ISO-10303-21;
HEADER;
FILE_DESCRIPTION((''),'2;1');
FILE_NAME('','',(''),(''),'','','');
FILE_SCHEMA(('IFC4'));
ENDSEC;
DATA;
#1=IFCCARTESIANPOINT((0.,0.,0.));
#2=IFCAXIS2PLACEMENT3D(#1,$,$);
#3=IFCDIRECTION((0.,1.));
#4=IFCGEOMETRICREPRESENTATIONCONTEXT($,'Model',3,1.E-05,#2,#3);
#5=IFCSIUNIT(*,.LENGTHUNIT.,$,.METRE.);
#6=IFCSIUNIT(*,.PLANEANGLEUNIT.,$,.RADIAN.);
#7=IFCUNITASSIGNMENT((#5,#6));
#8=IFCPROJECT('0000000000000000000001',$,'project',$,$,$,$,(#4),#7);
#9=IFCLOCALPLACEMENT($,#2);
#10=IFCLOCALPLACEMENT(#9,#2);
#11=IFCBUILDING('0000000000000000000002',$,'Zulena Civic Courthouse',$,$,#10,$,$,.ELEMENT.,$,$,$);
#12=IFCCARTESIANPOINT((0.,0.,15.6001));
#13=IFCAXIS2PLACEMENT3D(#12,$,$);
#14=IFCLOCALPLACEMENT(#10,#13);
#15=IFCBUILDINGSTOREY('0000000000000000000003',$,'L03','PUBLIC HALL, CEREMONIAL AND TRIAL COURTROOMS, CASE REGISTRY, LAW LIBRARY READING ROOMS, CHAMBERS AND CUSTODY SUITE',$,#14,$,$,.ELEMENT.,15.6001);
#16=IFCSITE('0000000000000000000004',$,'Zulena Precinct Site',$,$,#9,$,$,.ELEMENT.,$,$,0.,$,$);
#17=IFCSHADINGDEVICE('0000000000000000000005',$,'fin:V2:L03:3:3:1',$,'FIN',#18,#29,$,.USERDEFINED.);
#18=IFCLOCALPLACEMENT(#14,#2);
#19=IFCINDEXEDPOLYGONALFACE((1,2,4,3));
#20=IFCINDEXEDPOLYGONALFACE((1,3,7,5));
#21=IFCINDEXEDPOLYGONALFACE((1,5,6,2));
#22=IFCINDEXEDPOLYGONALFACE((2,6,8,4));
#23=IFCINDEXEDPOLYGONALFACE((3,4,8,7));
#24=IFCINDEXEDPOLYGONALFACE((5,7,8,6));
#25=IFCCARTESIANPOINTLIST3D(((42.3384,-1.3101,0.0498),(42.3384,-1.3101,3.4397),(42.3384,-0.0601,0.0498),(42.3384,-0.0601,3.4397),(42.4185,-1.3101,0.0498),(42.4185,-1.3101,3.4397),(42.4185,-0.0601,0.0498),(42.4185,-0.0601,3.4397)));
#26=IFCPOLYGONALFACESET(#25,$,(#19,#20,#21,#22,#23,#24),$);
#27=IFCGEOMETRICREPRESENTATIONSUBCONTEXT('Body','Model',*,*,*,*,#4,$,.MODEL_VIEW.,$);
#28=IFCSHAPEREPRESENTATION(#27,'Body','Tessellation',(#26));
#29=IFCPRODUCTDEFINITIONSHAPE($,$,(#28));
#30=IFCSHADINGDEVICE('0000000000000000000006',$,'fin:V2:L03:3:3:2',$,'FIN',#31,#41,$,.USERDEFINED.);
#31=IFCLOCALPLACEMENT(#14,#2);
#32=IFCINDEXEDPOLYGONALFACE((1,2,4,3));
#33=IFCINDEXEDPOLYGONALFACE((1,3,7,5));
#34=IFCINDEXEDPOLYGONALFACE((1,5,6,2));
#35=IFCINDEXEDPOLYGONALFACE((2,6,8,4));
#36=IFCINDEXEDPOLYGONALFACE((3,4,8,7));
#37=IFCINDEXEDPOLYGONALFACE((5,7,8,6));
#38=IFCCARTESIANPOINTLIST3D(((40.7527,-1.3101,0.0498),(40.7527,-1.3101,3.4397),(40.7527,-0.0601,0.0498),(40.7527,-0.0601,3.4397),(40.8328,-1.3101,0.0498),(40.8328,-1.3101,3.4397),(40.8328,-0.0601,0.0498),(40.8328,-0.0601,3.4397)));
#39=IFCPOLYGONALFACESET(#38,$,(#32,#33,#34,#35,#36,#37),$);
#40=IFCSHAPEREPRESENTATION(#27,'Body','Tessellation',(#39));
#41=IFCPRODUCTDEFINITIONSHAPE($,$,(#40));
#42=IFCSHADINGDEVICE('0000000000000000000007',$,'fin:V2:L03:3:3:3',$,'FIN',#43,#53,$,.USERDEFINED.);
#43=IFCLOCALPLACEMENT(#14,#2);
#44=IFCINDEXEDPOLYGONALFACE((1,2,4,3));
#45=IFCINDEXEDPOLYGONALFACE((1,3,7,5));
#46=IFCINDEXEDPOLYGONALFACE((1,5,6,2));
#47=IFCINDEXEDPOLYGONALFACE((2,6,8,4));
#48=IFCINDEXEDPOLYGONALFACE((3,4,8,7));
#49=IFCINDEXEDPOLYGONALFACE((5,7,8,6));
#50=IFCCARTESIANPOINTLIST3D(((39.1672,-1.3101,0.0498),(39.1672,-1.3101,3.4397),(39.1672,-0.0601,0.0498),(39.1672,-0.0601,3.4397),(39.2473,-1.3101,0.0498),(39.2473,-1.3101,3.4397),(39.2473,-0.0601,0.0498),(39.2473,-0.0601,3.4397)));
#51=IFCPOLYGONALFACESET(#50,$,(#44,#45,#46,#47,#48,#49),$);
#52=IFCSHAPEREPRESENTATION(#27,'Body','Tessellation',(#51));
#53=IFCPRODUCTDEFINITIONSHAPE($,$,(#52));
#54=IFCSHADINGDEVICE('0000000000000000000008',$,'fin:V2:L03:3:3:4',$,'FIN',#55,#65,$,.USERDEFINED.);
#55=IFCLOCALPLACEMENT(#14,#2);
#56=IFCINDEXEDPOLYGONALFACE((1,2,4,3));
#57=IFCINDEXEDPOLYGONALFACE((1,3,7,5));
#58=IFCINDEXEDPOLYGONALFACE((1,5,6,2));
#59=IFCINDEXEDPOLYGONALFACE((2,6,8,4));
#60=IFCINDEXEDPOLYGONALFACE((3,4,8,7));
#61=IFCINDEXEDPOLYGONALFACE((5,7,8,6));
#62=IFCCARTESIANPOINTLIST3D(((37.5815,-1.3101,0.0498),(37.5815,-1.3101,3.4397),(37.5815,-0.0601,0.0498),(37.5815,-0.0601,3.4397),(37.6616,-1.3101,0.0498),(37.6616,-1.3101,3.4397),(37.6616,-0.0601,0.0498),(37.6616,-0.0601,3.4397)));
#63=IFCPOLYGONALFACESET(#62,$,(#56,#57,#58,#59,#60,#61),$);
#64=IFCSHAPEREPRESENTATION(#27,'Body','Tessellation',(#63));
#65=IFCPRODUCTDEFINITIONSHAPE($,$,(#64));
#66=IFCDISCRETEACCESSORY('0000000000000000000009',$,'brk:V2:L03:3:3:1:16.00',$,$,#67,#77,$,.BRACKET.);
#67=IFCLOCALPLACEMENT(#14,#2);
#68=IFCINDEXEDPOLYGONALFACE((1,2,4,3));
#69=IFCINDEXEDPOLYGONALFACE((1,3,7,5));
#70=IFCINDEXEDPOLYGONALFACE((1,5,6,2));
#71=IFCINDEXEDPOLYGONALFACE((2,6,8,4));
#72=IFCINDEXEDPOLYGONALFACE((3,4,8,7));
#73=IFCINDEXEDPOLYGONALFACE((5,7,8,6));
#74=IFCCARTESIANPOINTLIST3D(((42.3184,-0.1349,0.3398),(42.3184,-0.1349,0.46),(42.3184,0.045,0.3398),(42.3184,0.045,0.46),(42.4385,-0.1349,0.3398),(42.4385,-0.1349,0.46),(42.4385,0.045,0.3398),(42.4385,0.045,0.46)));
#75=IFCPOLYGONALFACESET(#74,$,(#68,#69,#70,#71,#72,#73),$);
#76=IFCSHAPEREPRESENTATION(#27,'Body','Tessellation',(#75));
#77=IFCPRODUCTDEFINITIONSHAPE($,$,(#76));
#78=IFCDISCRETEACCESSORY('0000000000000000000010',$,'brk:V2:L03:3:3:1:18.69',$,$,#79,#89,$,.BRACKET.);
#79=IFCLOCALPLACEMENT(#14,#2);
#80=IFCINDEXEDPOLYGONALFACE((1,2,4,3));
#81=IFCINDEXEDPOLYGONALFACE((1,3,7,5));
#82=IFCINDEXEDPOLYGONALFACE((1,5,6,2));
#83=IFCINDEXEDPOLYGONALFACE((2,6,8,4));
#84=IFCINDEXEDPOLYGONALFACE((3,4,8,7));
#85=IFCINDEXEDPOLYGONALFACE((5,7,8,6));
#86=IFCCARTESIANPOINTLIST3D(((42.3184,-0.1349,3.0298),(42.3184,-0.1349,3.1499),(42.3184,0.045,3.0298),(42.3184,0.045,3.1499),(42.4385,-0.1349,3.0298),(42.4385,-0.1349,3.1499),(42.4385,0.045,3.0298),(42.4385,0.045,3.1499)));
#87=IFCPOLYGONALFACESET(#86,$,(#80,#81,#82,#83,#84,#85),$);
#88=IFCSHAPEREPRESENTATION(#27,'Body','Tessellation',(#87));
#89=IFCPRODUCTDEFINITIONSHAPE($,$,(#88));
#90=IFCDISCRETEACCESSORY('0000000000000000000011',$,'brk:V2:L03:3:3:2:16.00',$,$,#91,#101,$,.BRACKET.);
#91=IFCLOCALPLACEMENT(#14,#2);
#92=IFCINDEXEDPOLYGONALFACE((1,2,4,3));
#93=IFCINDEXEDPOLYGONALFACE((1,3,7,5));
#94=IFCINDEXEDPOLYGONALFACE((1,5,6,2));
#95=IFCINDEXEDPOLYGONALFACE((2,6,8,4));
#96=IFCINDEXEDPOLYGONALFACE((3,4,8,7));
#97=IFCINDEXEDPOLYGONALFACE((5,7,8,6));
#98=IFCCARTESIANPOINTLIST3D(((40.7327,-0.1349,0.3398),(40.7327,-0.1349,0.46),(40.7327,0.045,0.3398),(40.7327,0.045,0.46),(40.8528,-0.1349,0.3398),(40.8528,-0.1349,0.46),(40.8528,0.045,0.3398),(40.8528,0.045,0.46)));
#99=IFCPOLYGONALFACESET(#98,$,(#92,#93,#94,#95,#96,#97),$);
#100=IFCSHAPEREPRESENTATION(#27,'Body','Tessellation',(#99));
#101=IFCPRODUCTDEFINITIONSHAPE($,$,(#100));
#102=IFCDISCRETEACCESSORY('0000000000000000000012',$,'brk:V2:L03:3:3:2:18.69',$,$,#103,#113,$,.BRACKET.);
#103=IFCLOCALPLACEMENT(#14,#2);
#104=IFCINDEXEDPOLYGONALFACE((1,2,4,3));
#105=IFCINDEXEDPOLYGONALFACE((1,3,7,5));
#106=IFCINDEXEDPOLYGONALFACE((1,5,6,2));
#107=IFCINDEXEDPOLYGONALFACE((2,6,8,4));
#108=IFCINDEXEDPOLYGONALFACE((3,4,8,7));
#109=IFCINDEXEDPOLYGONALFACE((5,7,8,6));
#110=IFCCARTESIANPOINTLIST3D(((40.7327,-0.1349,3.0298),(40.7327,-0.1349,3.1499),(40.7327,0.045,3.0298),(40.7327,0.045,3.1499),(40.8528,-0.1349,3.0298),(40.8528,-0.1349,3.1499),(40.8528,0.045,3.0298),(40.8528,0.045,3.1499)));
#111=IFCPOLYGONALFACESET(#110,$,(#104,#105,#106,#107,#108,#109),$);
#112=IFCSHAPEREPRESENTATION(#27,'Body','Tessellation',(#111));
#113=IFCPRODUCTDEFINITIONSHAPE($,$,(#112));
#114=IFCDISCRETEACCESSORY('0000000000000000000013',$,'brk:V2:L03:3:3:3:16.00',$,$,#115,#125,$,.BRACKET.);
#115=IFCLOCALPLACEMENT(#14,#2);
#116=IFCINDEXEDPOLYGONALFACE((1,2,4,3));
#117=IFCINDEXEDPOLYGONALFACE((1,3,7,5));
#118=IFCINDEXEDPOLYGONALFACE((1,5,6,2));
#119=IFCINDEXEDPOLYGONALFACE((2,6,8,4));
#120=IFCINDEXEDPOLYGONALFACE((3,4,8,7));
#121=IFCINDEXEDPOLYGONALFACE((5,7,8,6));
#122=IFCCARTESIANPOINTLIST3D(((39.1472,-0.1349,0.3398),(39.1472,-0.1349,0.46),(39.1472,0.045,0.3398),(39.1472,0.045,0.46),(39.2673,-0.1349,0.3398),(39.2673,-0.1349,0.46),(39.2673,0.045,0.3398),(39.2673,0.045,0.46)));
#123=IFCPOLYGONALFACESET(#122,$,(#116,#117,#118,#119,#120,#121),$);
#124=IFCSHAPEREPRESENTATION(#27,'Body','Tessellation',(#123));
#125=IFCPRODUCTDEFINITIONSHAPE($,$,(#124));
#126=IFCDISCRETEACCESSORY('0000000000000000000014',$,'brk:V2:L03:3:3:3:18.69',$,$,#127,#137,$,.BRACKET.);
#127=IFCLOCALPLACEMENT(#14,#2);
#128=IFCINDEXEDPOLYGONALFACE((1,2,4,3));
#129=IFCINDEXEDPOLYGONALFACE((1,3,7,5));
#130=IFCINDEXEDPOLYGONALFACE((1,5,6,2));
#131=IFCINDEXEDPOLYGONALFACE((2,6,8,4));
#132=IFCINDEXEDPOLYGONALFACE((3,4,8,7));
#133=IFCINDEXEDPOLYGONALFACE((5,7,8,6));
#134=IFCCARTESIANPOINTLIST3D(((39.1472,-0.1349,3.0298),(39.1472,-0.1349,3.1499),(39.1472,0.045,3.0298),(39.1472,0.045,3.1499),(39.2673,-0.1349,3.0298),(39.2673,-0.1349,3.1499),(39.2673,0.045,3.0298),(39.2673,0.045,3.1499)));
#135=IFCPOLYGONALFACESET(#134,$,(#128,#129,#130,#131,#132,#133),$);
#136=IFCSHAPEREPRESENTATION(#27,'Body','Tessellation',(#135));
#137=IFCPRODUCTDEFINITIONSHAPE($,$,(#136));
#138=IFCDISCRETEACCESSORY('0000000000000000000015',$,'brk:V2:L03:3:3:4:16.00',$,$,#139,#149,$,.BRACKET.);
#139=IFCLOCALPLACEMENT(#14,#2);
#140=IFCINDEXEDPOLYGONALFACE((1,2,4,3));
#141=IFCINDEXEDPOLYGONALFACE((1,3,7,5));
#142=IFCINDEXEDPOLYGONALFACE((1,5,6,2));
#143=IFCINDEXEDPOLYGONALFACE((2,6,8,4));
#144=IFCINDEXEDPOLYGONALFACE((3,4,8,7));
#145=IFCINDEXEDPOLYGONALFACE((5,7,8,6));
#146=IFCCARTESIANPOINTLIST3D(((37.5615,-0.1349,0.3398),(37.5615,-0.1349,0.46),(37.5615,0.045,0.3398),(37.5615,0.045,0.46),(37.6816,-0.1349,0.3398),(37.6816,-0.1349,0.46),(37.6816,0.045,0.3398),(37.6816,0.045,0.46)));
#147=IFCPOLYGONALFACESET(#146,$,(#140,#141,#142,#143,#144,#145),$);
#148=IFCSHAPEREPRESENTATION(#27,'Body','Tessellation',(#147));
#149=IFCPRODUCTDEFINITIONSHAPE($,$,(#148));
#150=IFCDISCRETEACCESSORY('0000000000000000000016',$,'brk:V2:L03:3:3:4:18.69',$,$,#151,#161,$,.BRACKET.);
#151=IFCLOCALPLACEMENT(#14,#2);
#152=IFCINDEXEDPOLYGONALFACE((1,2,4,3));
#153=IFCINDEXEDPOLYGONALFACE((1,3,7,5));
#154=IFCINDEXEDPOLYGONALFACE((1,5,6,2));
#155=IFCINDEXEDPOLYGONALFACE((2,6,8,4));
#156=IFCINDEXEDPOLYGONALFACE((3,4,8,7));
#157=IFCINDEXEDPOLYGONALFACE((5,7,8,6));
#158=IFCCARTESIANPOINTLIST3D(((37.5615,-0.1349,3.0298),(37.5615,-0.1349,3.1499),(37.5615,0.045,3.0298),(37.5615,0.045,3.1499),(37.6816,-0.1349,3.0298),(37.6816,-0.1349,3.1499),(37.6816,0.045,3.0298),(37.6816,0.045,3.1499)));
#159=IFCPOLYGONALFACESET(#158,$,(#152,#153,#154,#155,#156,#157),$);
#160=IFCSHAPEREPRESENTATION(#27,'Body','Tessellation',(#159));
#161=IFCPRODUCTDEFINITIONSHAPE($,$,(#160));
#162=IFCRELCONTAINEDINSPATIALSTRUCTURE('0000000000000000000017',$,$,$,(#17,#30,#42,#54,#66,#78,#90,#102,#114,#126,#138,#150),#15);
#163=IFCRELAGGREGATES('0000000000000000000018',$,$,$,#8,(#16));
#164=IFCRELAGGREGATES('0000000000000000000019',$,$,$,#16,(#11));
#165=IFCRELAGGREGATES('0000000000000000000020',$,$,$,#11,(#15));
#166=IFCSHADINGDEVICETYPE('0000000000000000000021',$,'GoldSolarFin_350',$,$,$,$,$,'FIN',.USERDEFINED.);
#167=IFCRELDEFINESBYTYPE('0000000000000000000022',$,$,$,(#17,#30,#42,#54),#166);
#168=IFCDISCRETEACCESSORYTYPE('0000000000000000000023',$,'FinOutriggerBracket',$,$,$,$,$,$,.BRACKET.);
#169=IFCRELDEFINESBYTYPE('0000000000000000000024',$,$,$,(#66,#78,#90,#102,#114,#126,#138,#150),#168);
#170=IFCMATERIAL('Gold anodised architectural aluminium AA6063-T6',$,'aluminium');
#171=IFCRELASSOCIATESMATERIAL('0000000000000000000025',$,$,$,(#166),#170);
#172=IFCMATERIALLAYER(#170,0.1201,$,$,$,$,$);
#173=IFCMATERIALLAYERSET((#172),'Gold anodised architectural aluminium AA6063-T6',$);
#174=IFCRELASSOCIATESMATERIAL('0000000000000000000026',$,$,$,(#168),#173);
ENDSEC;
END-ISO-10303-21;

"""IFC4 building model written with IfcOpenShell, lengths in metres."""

from ifc_helpers import new_model, si_unit, direction, frame, origin, origin_2d, place, context, subcontext, project, spatial, rectangle, extrude, material, layer, layer_set, type_object, element, save


model = new_model("IFC4")

# Units and contexts
model_context = context("Model", 3, precision=1e-05, world=origin(), true_north=direction((0.0, 1.0)))
body_context = subcontext(model_context, "Body", "Model", "MODEL_VIEW")
ifc_project = project(units=[si_unit("LENGTHUNIT", "METRE"), si_unit("PLANEANGLEUNIT", "RADIAN")], contexts=[model_context])

# Site, building, storey
site_placement = place(None, origin())
site = spatial("IfcSite", under=ifc_project, at=site_placement, Name="Zulena Precinct Site", CompositionType="ELEMENT", RefElevation=0.0)
building_placement = place(site_placement, origin())
building = spatial("IfcBuilding", under=site, at=building_placement, Name="Zulena Civic Courthouse", CompositionType="ELEMENT")
storey_placement = place(building_placement, frame((0.0, 0.0, 15.6001)))
storey = spatial("IfcBuildingStorey", under=building, at=storey_placement, Name="L03", Description="PUBLIC HALL, CEREMONIAL AND TRIAL COURTROOMS, CASE REGISTRY, LAW LIBRARY READING ROOMS, CHAMBERS AND CUSTODY SUITE", CompositionType="ELEMENT", Elevation=15.6001)

# Shading devices
ifc_material_1 = material(Name="Gold anodised architectural aluminium AA6063-T6", Category="aluminium")
shading_device_type = type_object("IfcShadingDeviceType", Name="GoldSolarFin_350", ElementType="FIN", PredefinedType="USERDEFINED", material=ifc_material_1)
for number, where, z_axis, x_axis, name in (
    (1, (42.3784, -0.6851, 0.0498), (0.0, 0.0, 1.0), (0.0, -1.0, 0.0), "fin:V2:L03:3:3:1"),
    (2, (40.7927, -0.6851, 0.0498), (0.0, 0.0, 1.0), (0.0, -1.0, 0.0), "fin:V2:L03:3:3:2"),
    (3, (39.2073, -0.6851, 0.0498), (0.0, 0.0, 1.0), (0.0, -1.0, 0.0), "fin:V2:L03:3:3:3"),
    (4, (37.6216, -0.6851, 0.0498), (0.0, 0.0, 1.0), (0.0, -1.0, 0.0), "fin:V2:L03:3:3:4"),
):
    element("IfcShadingDevice", number, at=place(storey_placement, frame(where, z_axis=z_axis, x_axis=x_axis)), inside=storey, type_object=shading_device_type, Name=name, ObjectType="FIN", PredefinedType="USERDEFINED", context=body_context, shape_type="SweptSolid", body=[
        extrude(rectangle(XDim=1.25, YDim=0.0801, at=origin_2d()), origin(), (0.0, 0.0, 1.0), 3.3899),
    ])

# Discrete accessories
ifc_layer_1 = layer(ifc_material_1, 0.1201)
ifc_layer_set_1 = layer_set([ifc_layer_1], Name="Gold anodised architectural aluminium AA6063-T6")
discrete_accessory_type = type_object("IfcDiscreteAccessoryType", Name="FinOutriggerBracket", PredefinedType="BRACKET", material=ifc_layer_set_1)
for number, where, z_axis, x_axis, name in (
    (5, (42.3784, -0.0449, 0.3398), (0.0, 0.0, 1.0), (0.0, -1.0, 0.0), "brk:V2:L03:3:3:1:16.00"),
    (6, (42.3784, -0.0449, 3.0298), (0.0, 0.0, 1.0), (0.0, -1.0, 0.0), "brk:V2:L03:3:3:1:18.69"),
    (7, (40.7927, -0.0449, 0.3398), (0.0, 0.0, 1.0), (0.0, -1.0, 0.0), "brk:V2:L03:3:3:2:16.00"),
    (8, (40.7927, -0.0449, 3.0298), (0.0, 0.0, 1.0), (0.0, -1.0, 0.0), "brk:V2:L03:3:3:2:18.69"),
    (9, (39.2073, -0.0449, 0.3398), (0.0, 0.0, 1.0), (0.0, -1.0, 0.0), "brk:V2:L03:3:3:3:16.00"),
    (10, (39.2073, -0.0449, 3.0298), (0.0, 0.0, 1.0), (0.0, -1.0, 0.0), "brk:V2:L03:3:3:3:18.69"),
    (11, (37.6216, -0.0449, 0.3398), (0.0, 0.0, 1.0), (0.0, -1.0, 0.0), "brk:V2:L03:3:3:4:16.00"),
    (12, (37.6216, -0.0449, 3.0298), (0.0, 0.0, 1.0), (0.0, -1.0, 0.0), "brk:V2:L03:3:3:4:18.69"),
):
    element("IfcDiscreteAccessory", number, at=place(storey_placement, frame(where, z_axis=z_axis, x_axis=x_axis)), inside=storey, type_object=discrete_accessory_type, Name=name, PredefinedType="BRACKET", context=body_context, shape_type="SweptSolid", body=[
        extrude(rectangle(XDim=0.1799, YDim=0.1201, at=origin_2d()), origin(), (0.0, 0.0, 1.0), 0.1201),
    ])

save(model, "model.ifc")
